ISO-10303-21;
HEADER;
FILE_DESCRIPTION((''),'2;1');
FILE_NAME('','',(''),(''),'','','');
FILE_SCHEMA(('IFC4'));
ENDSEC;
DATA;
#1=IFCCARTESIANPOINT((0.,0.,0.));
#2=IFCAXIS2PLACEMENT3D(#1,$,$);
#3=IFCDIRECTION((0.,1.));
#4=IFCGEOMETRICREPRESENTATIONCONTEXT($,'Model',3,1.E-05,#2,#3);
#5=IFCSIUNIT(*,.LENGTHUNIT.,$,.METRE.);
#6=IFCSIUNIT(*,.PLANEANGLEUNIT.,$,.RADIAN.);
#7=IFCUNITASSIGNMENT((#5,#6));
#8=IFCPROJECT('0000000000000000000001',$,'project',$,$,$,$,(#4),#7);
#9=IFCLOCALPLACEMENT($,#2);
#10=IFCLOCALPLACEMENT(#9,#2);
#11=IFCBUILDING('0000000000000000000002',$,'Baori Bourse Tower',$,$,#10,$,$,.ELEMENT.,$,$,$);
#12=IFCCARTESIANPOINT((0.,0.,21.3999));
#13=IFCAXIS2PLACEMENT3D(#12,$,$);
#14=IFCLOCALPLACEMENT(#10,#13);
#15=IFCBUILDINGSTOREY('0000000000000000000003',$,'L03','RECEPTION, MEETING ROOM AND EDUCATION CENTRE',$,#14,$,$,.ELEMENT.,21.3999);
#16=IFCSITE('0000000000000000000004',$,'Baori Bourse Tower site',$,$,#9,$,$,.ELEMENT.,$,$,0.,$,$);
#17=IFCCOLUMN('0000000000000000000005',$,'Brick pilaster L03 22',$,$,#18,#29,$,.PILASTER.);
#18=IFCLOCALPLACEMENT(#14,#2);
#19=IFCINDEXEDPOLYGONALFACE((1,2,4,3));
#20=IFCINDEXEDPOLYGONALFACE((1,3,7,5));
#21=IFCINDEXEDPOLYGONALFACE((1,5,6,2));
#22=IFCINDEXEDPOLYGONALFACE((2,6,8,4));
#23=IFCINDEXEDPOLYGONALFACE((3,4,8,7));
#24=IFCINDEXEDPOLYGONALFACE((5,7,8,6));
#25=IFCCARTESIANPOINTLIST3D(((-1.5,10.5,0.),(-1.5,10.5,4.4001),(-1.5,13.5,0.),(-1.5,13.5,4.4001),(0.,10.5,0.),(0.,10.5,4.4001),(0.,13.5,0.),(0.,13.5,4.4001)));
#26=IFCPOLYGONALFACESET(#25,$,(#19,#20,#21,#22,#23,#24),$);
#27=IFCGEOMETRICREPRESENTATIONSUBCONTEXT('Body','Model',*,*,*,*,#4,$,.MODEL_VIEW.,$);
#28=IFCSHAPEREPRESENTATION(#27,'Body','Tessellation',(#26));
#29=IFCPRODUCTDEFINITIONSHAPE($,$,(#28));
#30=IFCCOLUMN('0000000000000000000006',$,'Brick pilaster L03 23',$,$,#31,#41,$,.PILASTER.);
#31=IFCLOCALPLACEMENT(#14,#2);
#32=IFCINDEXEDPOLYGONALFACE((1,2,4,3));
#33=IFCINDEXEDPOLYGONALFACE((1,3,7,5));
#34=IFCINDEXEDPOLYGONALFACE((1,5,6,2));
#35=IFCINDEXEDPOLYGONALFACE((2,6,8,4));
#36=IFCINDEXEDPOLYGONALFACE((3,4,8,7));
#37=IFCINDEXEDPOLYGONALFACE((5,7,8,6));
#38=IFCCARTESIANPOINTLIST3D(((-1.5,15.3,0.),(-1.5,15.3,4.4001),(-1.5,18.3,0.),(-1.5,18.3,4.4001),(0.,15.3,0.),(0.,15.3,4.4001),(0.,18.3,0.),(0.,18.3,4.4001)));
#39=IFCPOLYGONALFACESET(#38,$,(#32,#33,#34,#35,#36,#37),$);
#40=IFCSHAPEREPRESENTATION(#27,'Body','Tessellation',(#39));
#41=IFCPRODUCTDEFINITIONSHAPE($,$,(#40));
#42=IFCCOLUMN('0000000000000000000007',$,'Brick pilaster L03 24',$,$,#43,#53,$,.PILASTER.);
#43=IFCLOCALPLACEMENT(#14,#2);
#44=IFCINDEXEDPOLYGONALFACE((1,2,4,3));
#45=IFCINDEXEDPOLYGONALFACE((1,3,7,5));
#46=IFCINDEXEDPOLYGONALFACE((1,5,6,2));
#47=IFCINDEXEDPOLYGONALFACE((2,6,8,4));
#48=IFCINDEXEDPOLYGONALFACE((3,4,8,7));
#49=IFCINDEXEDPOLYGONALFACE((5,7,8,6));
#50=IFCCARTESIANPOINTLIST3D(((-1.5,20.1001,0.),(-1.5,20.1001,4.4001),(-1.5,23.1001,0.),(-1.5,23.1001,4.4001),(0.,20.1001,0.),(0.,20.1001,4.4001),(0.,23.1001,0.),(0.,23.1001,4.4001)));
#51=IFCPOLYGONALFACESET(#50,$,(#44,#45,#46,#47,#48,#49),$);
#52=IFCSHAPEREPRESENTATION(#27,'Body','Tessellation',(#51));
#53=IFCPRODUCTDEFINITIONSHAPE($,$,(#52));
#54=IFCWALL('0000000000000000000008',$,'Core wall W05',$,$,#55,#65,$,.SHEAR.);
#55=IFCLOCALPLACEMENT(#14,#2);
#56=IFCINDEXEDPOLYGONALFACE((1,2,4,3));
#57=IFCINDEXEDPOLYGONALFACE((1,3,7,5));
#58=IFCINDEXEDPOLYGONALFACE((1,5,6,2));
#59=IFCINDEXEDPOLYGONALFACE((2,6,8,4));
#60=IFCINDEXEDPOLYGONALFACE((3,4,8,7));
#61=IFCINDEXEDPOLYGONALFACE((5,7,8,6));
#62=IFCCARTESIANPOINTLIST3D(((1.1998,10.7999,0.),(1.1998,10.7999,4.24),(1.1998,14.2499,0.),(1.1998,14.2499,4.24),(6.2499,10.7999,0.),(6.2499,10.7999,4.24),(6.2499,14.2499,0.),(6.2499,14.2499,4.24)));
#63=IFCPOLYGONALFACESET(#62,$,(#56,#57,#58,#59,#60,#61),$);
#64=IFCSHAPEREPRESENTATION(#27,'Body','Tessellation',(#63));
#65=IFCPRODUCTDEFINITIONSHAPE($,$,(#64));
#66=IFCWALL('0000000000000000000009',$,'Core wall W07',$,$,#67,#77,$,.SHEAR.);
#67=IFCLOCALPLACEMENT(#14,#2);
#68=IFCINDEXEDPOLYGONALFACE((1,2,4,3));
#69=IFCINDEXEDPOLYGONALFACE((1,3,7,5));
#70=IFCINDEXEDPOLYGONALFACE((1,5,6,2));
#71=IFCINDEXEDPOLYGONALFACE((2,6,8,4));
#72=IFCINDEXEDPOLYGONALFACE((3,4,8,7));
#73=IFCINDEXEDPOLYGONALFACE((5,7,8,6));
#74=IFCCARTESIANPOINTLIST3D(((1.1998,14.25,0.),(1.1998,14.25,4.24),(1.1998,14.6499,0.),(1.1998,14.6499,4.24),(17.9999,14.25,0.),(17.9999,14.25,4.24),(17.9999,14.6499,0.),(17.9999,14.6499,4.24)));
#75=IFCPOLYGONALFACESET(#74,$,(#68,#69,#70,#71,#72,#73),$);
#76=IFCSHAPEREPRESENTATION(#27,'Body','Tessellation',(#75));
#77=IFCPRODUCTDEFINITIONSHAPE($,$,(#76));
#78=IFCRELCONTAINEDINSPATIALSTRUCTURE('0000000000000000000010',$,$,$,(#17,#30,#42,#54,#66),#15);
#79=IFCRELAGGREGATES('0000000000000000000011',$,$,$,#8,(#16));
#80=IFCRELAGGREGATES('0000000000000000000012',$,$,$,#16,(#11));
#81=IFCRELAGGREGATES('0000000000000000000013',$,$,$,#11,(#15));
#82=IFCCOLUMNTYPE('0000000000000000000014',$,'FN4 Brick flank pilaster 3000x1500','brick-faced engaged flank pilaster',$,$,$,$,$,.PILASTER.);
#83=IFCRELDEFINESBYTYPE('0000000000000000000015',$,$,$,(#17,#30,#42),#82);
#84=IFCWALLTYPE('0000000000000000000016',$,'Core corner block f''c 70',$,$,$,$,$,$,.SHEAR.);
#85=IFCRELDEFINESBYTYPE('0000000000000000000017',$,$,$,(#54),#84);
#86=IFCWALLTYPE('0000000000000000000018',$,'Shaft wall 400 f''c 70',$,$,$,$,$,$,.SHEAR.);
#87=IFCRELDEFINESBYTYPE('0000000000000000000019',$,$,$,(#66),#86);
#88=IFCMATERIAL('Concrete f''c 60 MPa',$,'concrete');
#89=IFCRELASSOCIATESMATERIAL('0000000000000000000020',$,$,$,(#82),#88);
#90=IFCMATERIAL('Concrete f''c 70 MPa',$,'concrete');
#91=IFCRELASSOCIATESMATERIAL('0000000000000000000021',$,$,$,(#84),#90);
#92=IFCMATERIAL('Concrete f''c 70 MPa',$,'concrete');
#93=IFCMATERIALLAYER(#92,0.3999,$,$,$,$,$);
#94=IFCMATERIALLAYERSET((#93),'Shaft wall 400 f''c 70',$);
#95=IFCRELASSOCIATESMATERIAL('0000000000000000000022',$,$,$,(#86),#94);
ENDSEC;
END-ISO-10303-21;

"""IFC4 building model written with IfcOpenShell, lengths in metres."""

from ifc_helpers import new_model, si_unit, direction, frame, frame_2d, origin, origin_2d, place, context, subcontext, project, spatial, rectangle, extrude, material, layer, layer_set, material_profile, profile_set, type_object, element, save


model = new_model("IFC4")

# Units and contexts
model_context = context("Model", 3, precision=1e-05, world=origin(), true_north=direction((0.0, 1.0)))
body_context = subcontext(model_context, "Body", "Model", "MODEL_VIEW")
ifc_project = project(units=[si_unit("LENGTHUNIT", "METRE"), si_unit("PLANEANGLEUNIT", "RADIAN")], contexts=[model_context])

# Site, building, storey
site_placement = place(None, origin())
site = spatial("IfcSite", under=ifc_project, at=site_placement, Name="Baori Bourse Tower site", CompositionType="ELEMENT", RefElevation=0.0)
building_placement = place(site_placement, origin())
building = spatial("IfcBuilding", under=site, at=building_placement, Name="Baori Bourse Tower", CompositionType="ELEMENT")
storey_placement = place(building_placement, frame((0.0, 0.0, 21.3999)))
storey = spatial("IfcBuildingStorey", under=building, at=storey_placement, Name="L03", Description="RECEPTION, MEETING ROOM AND EDUCATION CENTRE", CompositionType="ELEMENT", Elevation=21.3999)

# Columns
ifc_material_1 = material(Name="Concrete f'c 60 MPa", Category="concrete")
ifc_material_profile = material_profile(ifc_material_1, rectangle(XDim=3.0, YDim=1.5, at=origin_2d()), Name="RC 3000x1500")
ifc_profile_set = profile_set([ifc_material_profile], Name="Concrete f'c 60 MPa")
column_type = type_object("IfcColumnType", Name="FN4 Brick flank pilaster 3000x1500", Description="brick-faced engaged flank pilaster", PredefinedType="PILASTER", material=ifc_profile_set)
for number, where, z_axis, x_axis, name in (
    (1, (-0.75, 12.0, 0.0), (0.0, 0.0, 1.0), (0.0, 1.0, 0.0), "Brick pilaster L03 22"),
    (2, (-0.75, 16.8, 0.0), (0.0, 0.0, 1.0), (0.0, 1.0, 0.0), "Brick pilaster L03 23"),
    (3, (-0.75, 21.6001, 0.0), (0.0, 0.0, 1.0), (0.0, 1.0, 0.0), "Brick pilaster L03 24"),
):
    element("IfcColumn", number, at=place(storey_placement, frame(where, z_axis=z_axis, x_axis=x_axis)), inside=storey, type_object=column_type, Name=name, PredefinedType="PILASTER", context=body_context, shape_type="SweptSolid", body=[
        extrude(rectangle(XDim=3.0, YDim=1.5, at=origin_2d()), origin(), (0.0, 0.0, 1.0), 4.4001),
    ])

# Walls
ifc_material_2 = material(Name="Concrete f'c 70 MPa", Category="concrete")
wall_type_1 = type_object("IfcWallType", Name="Core corner block f'c 70", PredefinedType="SHEAR", material=ifc_material_2)
wall_1_placement = place(storey_placement, frame((1.2, 12.5249, 0.0), z_axis=(0.0, 0.0, 1.0), x_axis=(1.0, 0.0, 0.0)))
element("IfcWall", 4, at=wall_1_placement, inside=storey, type_object=wall_type_1, Name="Core wall W05", PredefinedType="SHEAR", context=body_context, shape_type="SweptSolid", body=[
    extrude(rectangle(XDim=5.05, YDim=3.45, at=frame_2d((2.5249, 0.0))), origin(), (0.0, 0.0, 1.0), 4.24),
])
ifc_material_3 = material(Name="Concrete f'c 70 MPa", Category="concrete")
ifc_layer_1 = layer(ifc_material_3, 0.3999)
ifc_layer_set_1 = layer_set([ifc_layer_1], Name="Shaft wall 400 f'c 70")
wall_type_2 = type_object("IfcWallType", Name="Shaft wall 400 f'c 70", PredefinedType="SHEAR", material=ifc_layer_set_1)
wall_2_placement = place(storey_placement, frame((1.2, 14.45, 0.0), z_axis=(0.0, 0.0, 1.0), x_axis=(1.0, 0.0, 0.0)))
element("IfcWall", 5, at=wall_2_placement, inside=storey, type_object=wall_type_2, Name="Core wall W07", PredefinedType="SHEAR", context=body_context, shape_type="SweptSolid", body=[
    extrude(rectangle(XDim=16.8, YDim=0.3999, at=frame_2d((8.3999, 0.0))), origin(), (0.0, 0.0, 1.0), 4.24),
])

save(model, "model.ifc")
